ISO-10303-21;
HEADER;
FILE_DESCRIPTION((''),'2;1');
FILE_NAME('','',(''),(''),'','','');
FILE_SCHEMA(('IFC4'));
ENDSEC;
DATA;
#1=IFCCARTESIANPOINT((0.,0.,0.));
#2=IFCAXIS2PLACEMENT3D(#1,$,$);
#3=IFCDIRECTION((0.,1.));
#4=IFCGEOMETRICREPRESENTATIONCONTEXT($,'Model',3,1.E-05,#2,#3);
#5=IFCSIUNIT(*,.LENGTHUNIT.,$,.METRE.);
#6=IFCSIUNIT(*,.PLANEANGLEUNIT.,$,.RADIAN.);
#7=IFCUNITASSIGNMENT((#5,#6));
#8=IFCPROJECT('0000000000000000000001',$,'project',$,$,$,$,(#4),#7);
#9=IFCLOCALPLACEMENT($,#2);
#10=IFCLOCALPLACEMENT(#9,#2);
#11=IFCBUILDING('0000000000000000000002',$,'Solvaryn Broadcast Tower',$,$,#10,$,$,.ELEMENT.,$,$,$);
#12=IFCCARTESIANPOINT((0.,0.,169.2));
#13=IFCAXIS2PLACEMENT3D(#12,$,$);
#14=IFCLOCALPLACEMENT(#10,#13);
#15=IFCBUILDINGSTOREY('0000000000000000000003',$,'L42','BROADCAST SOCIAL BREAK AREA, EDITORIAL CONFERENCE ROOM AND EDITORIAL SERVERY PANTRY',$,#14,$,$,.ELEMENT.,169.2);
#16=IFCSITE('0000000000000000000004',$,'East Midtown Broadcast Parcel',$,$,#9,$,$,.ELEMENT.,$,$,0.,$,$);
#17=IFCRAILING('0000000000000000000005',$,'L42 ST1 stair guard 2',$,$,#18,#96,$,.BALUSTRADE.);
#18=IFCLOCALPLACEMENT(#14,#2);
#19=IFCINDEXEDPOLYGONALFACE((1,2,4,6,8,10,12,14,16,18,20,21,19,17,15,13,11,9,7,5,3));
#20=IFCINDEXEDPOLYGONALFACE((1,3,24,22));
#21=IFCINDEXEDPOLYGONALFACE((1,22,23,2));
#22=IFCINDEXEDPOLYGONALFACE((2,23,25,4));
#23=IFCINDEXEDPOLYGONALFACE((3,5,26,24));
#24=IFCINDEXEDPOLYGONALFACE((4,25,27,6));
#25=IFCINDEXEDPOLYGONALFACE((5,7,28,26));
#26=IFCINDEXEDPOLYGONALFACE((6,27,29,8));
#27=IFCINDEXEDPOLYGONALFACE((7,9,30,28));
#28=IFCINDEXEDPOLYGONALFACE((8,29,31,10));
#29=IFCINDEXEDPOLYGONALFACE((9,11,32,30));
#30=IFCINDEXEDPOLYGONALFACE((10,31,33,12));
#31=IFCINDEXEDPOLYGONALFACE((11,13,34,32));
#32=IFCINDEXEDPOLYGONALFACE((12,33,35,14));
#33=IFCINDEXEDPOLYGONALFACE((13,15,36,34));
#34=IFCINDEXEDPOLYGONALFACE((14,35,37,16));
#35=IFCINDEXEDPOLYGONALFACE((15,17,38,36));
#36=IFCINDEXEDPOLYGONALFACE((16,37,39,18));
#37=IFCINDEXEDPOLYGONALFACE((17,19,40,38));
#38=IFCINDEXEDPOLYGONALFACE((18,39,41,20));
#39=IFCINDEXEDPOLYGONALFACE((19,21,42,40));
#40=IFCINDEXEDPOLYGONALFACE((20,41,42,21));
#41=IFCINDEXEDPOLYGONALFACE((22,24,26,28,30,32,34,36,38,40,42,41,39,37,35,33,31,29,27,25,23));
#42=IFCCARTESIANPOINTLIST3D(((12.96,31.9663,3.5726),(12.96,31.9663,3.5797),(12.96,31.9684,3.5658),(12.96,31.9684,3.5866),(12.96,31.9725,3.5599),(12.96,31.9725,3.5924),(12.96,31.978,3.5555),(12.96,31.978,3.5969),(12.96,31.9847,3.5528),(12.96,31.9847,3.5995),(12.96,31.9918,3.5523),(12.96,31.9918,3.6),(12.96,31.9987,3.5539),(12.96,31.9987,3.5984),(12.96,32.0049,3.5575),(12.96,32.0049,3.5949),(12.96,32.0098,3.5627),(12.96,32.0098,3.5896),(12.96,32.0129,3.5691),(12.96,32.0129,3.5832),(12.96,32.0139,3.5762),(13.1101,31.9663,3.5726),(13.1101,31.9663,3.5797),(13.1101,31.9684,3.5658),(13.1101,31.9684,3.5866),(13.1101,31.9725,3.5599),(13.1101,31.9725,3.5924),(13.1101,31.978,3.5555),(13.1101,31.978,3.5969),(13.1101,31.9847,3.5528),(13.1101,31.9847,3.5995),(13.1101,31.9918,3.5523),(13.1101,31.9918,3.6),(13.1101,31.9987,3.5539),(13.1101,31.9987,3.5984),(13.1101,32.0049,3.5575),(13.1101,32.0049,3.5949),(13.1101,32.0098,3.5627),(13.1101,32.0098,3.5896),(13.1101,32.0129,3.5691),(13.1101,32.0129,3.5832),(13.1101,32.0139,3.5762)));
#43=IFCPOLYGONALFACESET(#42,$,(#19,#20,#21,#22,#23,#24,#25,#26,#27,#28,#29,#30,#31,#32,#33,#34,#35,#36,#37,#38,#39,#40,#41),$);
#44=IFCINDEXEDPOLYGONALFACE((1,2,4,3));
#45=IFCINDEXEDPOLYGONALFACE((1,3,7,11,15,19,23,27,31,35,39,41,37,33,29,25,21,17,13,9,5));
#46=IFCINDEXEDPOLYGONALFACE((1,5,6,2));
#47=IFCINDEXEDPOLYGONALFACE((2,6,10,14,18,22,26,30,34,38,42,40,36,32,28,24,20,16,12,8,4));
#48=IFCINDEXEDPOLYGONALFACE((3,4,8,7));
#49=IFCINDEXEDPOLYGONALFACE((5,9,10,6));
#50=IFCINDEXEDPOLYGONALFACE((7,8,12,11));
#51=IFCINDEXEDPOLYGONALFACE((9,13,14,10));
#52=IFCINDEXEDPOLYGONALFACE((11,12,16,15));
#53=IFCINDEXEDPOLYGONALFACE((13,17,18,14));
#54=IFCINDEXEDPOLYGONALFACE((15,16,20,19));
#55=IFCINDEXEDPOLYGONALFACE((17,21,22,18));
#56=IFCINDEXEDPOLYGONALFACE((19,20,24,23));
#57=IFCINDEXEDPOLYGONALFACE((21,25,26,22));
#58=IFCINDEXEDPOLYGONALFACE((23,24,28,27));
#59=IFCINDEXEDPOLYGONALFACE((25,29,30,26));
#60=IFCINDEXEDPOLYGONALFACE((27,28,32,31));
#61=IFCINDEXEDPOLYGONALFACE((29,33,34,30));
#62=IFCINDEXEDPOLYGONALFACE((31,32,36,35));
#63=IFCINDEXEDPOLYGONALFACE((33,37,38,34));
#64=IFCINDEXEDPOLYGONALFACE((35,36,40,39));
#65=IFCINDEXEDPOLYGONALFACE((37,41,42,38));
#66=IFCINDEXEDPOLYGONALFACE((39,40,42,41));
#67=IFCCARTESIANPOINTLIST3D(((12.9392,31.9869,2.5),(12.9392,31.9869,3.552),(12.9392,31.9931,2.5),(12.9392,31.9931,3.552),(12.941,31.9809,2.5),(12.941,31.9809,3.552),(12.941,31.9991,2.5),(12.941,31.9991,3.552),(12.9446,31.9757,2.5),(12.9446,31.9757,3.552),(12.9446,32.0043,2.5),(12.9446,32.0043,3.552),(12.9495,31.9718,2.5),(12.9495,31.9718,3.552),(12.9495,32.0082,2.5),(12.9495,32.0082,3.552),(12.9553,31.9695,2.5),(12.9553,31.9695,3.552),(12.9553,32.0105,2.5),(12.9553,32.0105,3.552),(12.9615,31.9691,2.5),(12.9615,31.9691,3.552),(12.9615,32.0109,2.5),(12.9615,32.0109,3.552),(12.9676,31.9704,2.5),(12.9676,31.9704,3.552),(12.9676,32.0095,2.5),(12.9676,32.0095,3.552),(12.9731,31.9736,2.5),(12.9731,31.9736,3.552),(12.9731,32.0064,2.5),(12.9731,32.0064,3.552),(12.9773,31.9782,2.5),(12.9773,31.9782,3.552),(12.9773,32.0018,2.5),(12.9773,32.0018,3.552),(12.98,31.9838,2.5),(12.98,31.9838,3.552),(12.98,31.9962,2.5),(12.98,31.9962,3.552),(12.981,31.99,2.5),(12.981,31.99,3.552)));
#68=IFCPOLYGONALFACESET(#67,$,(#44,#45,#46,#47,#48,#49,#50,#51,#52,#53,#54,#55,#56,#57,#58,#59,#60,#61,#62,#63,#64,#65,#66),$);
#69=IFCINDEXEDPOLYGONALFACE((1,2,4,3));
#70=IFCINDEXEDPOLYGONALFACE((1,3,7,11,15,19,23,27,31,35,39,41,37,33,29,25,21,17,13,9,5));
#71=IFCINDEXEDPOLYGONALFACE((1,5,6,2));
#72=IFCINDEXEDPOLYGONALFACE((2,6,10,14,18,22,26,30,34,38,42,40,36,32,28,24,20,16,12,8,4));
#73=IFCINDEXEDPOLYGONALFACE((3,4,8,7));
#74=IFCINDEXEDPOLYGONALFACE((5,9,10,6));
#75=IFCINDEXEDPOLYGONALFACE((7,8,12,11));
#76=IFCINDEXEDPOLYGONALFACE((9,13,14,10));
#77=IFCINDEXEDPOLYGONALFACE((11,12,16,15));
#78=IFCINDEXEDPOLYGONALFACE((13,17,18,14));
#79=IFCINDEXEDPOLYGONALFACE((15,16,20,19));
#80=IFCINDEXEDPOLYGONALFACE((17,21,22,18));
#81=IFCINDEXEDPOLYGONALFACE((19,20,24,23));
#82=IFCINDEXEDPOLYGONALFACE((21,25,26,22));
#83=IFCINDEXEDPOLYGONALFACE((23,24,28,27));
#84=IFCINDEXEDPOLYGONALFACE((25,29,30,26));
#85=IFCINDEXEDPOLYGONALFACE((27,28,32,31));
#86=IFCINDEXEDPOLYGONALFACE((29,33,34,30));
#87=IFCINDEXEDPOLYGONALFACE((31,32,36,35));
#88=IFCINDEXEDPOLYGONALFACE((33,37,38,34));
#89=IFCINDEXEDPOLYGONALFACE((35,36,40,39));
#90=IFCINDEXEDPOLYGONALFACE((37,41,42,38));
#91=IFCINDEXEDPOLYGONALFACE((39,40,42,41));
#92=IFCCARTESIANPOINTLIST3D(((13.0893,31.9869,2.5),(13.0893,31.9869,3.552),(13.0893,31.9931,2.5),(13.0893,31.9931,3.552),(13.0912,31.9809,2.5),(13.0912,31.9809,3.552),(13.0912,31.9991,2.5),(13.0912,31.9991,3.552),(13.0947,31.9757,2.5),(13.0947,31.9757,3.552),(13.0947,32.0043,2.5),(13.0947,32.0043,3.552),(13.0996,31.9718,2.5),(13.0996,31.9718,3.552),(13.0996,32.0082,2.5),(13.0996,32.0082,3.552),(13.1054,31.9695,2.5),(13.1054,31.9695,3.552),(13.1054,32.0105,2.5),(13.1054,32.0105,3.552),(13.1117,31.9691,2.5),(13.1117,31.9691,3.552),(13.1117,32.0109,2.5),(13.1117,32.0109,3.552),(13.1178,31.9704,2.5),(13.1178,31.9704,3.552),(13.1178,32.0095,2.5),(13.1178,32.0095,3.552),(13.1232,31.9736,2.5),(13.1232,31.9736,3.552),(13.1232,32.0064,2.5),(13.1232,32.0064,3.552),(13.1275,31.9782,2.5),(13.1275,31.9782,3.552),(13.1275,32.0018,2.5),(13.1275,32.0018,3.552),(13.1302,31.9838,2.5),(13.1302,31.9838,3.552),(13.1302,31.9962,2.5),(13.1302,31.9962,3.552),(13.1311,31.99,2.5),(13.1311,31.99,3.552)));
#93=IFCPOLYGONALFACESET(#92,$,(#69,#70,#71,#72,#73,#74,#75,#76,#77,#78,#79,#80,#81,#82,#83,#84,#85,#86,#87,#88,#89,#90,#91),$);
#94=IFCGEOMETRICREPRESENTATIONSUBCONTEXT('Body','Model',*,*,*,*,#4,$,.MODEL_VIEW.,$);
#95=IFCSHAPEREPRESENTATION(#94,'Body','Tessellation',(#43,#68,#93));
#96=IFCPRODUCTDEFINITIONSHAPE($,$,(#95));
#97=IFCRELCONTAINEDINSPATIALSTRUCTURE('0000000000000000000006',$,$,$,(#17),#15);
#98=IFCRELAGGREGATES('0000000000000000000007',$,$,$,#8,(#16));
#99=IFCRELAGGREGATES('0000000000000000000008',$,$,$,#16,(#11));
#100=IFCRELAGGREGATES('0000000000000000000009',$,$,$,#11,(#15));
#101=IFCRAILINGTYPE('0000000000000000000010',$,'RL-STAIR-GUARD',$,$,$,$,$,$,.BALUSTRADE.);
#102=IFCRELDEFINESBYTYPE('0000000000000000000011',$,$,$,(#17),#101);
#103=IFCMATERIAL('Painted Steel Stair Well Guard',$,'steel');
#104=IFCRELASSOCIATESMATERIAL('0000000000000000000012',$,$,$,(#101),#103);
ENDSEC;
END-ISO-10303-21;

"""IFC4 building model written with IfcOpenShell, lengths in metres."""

from ifc_helpers import new_model, si_unit, direction, frame, origin, origin_2d, place, context, subcontext, project, spatial, circle, extrude, material, type_object, element, save


model = new_model("IFC4")

# Units and contexts
model_context = context("Model", 3, precision=1e-05, world=origin(), true_north=direction((0.0, 1.0)))
body_context = subcontext(model_context, "Body", "Model", "MODEL_VIEW")
ifc_project = project(units=[si_unit("LENGTHUNIT", "METRE"), si_unit("PLANEANGLEUNIT", "RADIAN")], contexts=[model_context])

# Site, building, storey
site_placement = place(None, origin())
site = spatial("IfcSite", under=ifc_project, at=site_placement, Name="East Midtown Broadcast Parcel", CompositionType="ELEMENT", RefElevation=0.0)
building_placement = place(site_placement, origin())
building = spatial("IfcBuilding", under=site, at=building_placement, Name="Solvaryn Broadcast Tower", CompositionType="ELEMENT")
storey_placement = place(building_placement, frame((0.0, 0.0, 169.2)))
storey = spatial("IfcBuildingStorey", under=building, at=storey_placement, Name="L42", Description="BROADCAST SOCIAL BREAK AREA, EDITORIAL CONFERENCE ROOM AND EDITORIAL SERVERY PANTRY", CompositionType="ELEMENT", Elevation=169.2)

# Railing
ifc_material_1 = material(Name="Painted Steel Stair Well Guard", Category="steel")
railing_type_1 = type_object("IfcRailingType", Name="RL-STAIR-GUARD", PredefinedType="BALUSTRADE", material=ifc_material_1)
railing_1_placement = place(storey_placement, frame((12.96, 31.99, 2.5)))
element("IfcRailing", 1, at=railing_1_placement, inside=storey, type_object=railing_type_1, Name="L42 ST1 stair guard 2", PredefinedType="BALUSTRADE", context=body_context, shape_type="SweptSolid", body=[
    extrude(circle(Radius=0.0239, at=origin_2d()), frame((0.0, 0.0, 1.0762), z_axis=(1.0, 0.0, 0.0), x_axis=(0.0, 1.0, 0.0)), (0.0, 0.0, 1.0), 0.1501),
    extrude(circle(Radius=0.021, at=origin_2d()), origin(), (0.0, 0.0, 1.0), 1.052),
    extrude(circle(Radius=0.021, at=origin_2d()), frame((0.1501, 0.0, 0.0)), (0.0, 0.0, 1.0), 1.052),
])

save(model, "model.ifc")
